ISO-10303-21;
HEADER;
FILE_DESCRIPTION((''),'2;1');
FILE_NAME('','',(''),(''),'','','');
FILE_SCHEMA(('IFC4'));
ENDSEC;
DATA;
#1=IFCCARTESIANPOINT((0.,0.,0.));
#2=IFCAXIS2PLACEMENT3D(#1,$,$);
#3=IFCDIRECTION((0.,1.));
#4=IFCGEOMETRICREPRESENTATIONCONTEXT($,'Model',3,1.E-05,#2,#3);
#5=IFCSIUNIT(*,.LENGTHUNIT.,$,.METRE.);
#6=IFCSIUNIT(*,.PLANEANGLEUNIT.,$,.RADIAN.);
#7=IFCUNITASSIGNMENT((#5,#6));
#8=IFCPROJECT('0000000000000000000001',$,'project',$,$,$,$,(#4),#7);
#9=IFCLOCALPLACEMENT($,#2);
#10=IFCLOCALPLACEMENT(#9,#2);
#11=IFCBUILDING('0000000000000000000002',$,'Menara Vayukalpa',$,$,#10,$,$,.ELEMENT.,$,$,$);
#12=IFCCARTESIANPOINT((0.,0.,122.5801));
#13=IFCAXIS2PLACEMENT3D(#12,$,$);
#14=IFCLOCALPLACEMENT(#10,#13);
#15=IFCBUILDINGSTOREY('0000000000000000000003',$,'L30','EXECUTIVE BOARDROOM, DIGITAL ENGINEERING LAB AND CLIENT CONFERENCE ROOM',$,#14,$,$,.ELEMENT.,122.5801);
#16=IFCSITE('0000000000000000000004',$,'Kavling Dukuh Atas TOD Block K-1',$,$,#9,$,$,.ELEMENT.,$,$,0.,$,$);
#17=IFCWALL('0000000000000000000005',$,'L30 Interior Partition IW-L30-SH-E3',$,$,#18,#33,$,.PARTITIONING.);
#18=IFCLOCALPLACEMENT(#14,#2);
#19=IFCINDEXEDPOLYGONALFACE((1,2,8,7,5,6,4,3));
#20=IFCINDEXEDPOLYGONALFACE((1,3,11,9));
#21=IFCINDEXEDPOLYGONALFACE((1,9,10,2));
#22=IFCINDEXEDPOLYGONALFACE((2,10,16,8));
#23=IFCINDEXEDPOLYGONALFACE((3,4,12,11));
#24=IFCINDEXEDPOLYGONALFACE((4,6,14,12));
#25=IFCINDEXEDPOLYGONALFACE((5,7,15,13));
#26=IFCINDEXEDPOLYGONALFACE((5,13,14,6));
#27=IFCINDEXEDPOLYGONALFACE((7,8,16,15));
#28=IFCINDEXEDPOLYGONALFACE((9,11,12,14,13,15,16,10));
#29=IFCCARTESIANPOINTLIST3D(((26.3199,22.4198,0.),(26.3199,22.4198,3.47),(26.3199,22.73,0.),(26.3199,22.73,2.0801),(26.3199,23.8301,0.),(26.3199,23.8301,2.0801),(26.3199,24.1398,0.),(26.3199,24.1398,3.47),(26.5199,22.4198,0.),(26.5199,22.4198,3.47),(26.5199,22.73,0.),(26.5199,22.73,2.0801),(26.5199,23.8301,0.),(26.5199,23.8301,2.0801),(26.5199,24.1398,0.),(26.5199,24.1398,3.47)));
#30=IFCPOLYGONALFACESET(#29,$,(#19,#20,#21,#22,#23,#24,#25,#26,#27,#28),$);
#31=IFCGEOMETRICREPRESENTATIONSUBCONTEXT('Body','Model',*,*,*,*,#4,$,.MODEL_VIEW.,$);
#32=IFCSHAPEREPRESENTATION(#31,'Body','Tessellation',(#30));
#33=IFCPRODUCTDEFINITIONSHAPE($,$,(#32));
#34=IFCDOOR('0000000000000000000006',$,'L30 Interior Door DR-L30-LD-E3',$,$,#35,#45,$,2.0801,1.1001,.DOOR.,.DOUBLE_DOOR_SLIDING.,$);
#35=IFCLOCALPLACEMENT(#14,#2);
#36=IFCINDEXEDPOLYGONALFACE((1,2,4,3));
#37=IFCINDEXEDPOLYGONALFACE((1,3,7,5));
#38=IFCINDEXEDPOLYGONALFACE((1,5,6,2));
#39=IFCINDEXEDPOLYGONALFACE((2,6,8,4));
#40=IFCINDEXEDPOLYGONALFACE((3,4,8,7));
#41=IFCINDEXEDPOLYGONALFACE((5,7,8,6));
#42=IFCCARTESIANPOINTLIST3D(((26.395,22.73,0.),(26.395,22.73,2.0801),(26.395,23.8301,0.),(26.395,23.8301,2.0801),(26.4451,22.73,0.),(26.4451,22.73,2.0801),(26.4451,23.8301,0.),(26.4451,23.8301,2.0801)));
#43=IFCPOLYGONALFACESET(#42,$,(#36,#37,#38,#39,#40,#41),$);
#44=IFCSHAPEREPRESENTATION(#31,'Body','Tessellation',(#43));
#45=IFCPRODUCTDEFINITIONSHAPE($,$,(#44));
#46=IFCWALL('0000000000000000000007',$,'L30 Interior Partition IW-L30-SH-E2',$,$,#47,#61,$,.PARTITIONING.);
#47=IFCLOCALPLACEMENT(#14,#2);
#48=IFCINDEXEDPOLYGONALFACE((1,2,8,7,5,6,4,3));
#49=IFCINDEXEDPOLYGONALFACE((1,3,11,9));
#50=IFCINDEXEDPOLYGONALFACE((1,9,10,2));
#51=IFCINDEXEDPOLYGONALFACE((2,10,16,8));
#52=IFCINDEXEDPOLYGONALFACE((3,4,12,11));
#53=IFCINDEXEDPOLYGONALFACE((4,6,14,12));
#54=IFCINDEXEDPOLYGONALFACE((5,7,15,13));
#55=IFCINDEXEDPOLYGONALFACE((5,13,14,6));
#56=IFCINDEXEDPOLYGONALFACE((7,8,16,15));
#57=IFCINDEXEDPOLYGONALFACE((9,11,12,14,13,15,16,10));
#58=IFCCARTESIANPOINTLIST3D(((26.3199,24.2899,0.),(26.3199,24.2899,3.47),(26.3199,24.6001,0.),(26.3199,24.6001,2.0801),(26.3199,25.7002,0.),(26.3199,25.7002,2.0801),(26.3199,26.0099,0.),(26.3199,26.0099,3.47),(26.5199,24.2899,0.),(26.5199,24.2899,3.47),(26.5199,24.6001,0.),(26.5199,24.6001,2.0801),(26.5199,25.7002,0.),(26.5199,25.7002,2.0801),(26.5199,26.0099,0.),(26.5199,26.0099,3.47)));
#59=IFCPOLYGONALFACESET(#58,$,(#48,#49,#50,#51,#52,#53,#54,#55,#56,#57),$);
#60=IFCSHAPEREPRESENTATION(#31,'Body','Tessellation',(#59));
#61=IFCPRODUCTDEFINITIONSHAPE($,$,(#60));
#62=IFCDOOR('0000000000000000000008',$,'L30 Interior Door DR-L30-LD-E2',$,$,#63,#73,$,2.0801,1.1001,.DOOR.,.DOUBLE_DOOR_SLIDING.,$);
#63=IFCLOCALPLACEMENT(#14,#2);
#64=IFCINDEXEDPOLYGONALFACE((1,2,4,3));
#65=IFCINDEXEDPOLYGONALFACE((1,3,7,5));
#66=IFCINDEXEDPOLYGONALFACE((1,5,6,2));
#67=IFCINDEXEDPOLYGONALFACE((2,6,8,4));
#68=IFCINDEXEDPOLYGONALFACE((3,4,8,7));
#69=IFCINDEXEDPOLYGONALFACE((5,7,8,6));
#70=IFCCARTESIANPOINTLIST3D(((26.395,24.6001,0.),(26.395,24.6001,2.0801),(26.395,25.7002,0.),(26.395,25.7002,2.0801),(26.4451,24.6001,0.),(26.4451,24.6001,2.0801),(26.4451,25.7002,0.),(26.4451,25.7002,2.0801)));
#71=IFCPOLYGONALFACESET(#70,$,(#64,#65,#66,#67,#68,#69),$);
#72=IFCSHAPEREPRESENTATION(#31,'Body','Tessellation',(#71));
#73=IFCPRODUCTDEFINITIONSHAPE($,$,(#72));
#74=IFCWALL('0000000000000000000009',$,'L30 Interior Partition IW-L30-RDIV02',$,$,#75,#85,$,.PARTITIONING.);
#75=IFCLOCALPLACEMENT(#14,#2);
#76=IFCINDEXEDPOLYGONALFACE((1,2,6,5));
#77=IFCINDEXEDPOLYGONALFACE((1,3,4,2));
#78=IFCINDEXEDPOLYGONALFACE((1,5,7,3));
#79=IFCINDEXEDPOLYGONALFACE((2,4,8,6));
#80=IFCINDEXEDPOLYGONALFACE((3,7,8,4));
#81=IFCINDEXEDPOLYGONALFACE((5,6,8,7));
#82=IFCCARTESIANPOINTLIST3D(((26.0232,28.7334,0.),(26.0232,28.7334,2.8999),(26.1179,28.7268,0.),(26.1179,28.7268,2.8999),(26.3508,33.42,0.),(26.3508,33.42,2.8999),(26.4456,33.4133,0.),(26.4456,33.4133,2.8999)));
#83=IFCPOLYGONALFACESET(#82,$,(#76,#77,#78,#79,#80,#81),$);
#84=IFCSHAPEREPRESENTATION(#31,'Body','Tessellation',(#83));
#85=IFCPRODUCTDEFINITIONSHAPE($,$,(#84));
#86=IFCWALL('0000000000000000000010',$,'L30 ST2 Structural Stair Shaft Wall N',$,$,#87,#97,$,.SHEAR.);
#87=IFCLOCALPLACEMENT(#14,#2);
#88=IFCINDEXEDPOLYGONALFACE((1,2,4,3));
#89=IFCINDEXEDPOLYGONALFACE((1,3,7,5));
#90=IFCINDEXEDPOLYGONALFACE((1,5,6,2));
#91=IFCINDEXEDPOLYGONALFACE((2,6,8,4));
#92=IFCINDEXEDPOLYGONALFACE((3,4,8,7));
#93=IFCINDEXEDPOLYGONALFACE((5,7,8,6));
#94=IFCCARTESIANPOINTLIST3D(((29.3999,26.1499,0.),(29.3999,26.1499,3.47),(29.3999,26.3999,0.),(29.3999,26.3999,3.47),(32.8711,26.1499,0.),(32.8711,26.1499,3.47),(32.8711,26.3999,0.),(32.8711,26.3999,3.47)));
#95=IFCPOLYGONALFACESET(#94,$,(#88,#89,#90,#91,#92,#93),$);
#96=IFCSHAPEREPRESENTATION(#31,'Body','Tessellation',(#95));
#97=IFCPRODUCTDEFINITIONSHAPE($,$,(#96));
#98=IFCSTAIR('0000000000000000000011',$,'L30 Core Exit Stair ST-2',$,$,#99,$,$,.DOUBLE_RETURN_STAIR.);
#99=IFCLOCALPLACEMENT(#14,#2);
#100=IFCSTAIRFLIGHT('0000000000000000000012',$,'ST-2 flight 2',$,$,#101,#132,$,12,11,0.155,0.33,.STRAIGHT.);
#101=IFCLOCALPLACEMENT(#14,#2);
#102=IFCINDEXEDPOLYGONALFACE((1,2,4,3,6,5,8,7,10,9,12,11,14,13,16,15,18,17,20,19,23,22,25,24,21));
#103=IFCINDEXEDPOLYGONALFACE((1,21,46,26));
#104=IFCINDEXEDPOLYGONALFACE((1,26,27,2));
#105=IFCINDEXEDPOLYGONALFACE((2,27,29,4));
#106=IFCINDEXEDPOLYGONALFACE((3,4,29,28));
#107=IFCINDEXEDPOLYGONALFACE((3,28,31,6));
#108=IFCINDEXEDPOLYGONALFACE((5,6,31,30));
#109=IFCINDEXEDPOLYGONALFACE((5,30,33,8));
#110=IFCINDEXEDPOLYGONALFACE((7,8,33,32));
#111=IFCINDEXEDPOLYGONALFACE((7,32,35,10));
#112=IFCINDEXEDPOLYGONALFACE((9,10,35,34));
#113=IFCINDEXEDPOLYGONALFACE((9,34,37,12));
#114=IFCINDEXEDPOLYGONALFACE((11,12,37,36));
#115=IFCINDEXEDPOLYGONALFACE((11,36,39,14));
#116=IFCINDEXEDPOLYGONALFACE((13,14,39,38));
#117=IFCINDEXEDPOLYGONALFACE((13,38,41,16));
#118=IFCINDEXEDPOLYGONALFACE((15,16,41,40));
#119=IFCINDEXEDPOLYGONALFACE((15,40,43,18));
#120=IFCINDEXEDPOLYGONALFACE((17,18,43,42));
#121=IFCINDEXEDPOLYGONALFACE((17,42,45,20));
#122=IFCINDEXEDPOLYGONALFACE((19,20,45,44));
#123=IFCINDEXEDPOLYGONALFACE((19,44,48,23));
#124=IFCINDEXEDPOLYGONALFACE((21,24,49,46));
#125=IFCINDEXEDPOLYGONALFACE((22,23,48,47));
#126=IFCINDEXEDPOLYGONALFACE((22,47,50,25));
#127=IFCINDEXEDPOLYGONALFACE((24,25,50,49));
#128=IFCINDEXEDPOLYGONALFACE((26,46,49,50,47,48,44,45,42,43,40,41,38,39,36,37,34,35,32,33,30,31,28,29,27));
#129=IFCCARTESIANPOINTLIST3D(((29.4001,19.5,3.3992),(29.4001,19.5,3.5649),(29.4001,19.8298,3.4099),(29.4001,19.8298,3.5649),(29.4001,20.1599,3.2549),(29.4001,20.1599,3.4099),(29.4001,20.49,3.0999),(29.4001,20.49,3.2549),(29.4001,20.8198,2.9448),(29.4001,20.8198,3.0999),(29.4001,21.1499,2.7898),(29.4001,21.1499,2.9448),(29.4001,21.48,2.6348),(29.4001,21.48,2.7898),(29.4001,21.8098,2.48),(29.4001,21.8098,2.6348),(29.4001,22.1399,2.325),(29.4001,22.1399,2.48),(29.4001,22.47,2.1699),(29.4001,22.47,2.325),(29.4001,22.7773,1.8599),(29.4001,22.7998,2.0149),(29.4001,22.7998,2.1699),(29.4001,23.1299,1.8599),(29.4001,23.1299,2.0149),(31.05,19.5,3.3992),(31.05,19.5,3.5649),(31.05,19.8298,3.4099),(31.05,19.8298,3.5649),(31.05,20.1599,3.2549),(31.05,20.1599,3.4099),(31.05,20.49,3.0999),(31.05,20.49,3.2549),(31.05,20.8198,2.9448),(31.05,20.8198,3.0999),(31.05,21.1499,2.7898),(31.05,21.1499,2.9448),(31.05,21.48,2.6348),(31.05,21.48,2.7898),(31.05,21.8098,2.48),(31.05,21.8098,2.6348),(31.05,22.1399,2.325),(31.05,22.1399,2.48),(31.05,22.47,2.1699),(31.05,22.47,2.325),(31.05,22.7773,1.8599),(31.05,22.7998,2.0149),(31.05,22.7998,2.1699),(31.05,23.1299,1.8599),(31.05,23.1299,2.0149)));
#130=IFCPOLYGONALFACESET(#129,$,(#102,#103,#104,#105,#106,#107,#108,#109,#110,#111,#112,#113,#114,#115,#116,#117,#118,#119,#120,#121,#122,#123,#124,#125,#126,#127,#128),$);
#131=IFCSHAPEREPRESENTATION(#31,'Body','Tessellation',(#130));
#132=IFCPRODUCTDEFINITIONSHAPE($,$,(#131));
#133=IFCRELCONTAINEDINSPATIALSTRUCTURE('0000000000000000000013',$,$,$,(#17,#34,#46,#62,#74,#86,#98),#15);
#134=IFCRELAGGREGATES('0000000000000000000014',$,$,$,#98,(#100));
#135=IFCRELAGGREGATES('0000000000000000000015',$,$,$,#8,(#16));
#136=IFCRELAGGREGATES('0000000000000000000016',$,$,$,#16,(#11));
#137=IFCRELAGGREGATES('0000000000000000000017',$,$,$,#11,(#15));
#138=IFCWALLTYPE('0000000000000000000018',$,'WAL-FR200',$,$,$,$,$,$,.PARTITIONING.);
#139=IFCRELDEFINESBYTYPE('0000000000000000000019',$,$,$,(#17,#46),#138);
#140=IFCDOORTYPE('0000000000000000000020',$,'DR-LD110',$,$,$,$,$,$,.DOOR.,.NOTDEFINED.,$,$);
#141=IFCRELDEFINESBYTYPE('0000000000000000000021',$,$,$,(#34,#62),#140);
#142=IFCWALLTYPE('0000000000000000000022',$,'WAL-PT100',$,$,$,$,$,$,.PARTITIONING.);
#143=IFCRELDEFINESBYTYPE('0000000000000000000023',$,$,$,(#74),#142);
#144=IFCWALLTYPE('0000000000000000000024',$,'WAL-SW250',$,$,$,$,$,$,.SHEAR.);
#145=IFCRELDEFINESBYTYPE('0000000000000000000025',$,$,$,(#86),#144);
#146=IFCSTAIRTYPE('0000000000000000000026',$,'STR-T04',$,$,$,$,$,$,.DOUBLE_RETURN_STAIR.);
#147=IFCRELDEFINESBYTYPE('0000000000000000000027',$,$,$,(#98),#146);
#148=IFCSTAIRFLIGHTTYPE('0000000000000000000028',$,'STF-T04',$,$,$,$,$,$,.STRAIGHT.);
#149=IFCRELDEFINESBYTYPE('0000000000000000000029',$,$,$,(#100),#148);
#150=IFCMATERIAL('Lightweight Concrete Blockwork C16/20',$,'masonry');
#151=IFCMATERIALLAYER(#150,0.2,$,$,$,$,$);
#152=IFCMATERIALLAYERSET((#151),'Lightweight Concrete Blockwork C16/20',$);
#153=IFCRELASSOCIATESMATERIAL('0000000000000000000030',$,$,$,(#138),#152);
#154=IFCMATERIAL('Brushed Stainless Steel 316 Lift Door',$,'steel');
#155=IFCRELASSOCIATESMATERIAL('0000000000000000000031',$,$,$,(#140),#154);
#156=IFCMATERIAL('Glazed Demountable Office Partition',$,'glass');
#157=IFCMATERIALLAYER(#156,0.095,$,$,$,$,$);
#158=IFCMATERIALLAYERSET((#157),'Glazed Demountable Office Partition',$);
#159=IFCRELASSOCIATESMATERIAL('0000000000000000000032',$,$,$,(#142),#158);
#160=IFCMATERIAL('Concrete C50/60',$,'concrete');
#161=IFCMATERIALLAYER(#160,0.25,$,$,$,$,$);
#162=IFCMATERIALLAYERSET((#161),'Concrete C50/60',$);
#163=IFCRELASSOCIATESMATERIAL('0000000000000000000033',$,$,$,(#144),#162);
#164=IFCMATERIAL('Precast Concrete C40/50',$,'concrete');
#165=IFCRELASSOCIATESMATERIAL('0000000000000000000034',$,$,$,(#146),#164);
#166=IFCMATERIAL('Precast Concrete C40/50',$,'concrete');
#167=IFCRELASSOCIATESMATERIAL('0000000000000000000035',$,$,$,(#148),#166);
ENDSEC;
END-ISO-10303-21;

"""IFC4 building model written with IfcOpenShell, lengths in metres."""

from ifc_helpers import new_model, si_unit, direction, frame, frame_2d, origin, place, context, subcontext, project, spatial, polyline, rectangle, outline, extrude, material, layer, layer_set, type_object, element, fill, aggregate, save


model = new_model("IFC4")

# Units and contexts
model_context = context("Model", 3, precision=1e-05, world=origin(), true_north=direction((0.0, 1.0)))
body_context = subcontext(model_context, "Body", "Model", "MODEL_VIEW")
ifc_project = project(units=[si_unit("LENGTHUNIT", "METRE"), si_unit("PLANEANGLEUNIT", "RADIAN")], contexts=[model_context])

# Site, building, storey
site_placement = place(None, origin())
site = spatial("IfcSite", under=ifc_project, at=site_placement, Name="Kavling Dukuh Atas TOD Block K-1", CompositionType="ELEMENT", RefElevation=0.0)
building_placement = place(site_placement, origin())
building = spatial("IfcBuilding", under=site, at=building_placement, Name="Menara Vayukalpa", CompositionType="ELEMENT")
storey_placement = place(building_placement, frame((0.0, 0.0, 122.5801)))
storey = spatial("IfcBuildingStorey", under=building, at=storey_placement, Name="L30", Description="EXECUTIVE BOARDROOM, DIGITAL ENGINEERING LAB AND CLIENT CONFERENCE ROOM", CompositionType="ELEMENT", Elevation=122.5801)

# Walls, openings, doors
ifc_material_1 = material(Name="Lightweight Concrete Blockwork C16/20", Category="masonry")
ifc_layer_1 = layer(ifc_material_1, 0.2)
ifc_layer_set_1 = layer_set([ifc_layer_1], Name="Lightweight Concrete Blockwork C16/20")
wall_type_1 = type_object("IfcWallType", Name="WAL-FR200", PredefinedType="PARTITIONING", material=ifc_layer_set_1)
wall_1_placement = place(storey_placement, frame((26.4199, 22.4199, 0.0), z_axis=(0.0, 0.0, 1.0), x_axis=(0.0, 1.0, 0.0)))
wall_1 = element("IfcWall", 1, at=wall_1_placement, inside=storey, type_object=wall_type_1, Name="L30 Interior Partition IW-L30-SH-E3", PredefinedType="PARTITIONING", context=body_context, shape_type="SweptSolid", body=[
    extrude(rectangle(XDim=1.72, YDim=0.2, at=frame_2d((0.8599, 0.0))), origin(), (0.0, 0.0, 1.0), 3.47),
])
opening_1_placement = place(wall_1_placement, frame((0.3101, 0.0, 0.0)))
opening_1 = element("IfcOpeningElement", 2, at=opening_1_placement, cuts=wall_1, PredefinedType="OPENING", context=body_context, shape_type="SweptSolid", body=[
    extrude(rectangle(XDim=1.1001, YDim=2.0801, at=frame_2d((0.55, 1.04))), frame((0.0, 0.1099, 0.0), z_axis=(0.0, -1.0, 0.0), x_axis=(1.0, 0.0, 0.0)), (0.0, 0.0, 1.0), 0.22),
])
ifc_material_2 = material(Name="Brushed Stainless Steel 316 Lift Door", Category="steel")
door_type_1 = type_object("IfcDoorType", Name="DR-LD110", OperationType="NOTDEFINED", PredefinedType="DOOR", material=ifc_material_2)
door_1_placement = place(opening_1_placement, origin())
door_1 = element("IfcDoor", 3, at=door_1_placement, inside=storey, type_object=door_type_1, Name="L30 Interior Door DR-L30-LD-E3", OperationType="DOUBLE_DOOR_SLIDING", OverallHeight=2.0801, OverallWidth=1.1001, PredefinedType="DOOR", context=body_context, shape_type="SweptSolid", body=[
    extrude(rectangle(XDim=1.1001, YDim=2.0801, at=frame_2d((0.55, 1.04))), frame((0.0, 0.0249, 0.0), z_axis=(0.0, -1.0, 0.0), x_axis=(1.0, 0.0, 0.0)), (0.0, 0.0, 1.0), 0.05),
])
fill(opening_1, door_1)
wall_2_placement = place(storey_placement, frame((26.4199, 24.29, 0.0), z_axis=(0.0, 0.0, 1.0), x_axis=(0.0, 1.0, 0.0)))
wall_2 = element("IfcWall", 4, at=wall_2_placement, inside=storey, type_object=wall_type_1, Name="L30 Interior Partition IW-L30-SH-E2", PredefinedType="PARTITIONING", context=body_context, shape_type="SweptSolid", body=[
    extrude(rectangle(XDim=1.72, YDim=0.2, at=frame_2d((0.8599, 0.0))), origin(), (0.0, 0.0, 1.0), 3.47),
])
opening_2_placement = place(wall_2_placement, frame((0.3101, 0.0, 0.0)))
opening_2 = element("IfcOpeningElement", 5, at=opening_2_placement, cuts=wall_2, PredefinedType="OPENING", context=body_context, shape_type="SweptSolid", body=[
    extrude(rectangle(XDim=1.1001, YDim=2.0801, at=frame_2d((0.55, 1.04))), frame((0.0, 0.1099, 0.0), z_axis=(0.0, -1.0, 0.0), x_axis=(1.0, 0.0, 0.0)), (0.0, 0.0, 1.0), 0.22),
])
door_2_placement = place(opening_2_placement, origin())
door_2 = element("IfcDoor", 6, at=door_2_placement, inside=storey, type_object=door_type_1, Name="L30 Interior Door DR-L30-LD-E2", OperationType="DOUBLE_DOOR_SLIDING", OverallHeight=2.0801, OverallWidth=1.1001, PredefinedType="DOOR", context=body_context, shape_type="SweptSolid", body=[
    extrude(rectangle(XDim=1.1001, YDim=2.0801, at=frame_2d((0.55, 1.04))), frame((0.0, 0.0249, 0.0), z_axis=(0.0, -1.0, 0.0), x_axis=(1.0, 0.0, 0.0)), (0.0, 0.0, 1.0), 0.05),
])
fill(opening_2, door_2)

# Walls
ifc_material_3 = material(Name="Glazed Demountable Office Partition", Category="glass")
ifc_layer_2 = layer(ifc_material_3, 0.095)
ifc_layer_set_2 = layer_set([ifc_layer_2], Name="Glazed Demountable Office Partition")
wall_type_2 = type_object("IfcWallType", Name="WAL-PT100", PredefinedType="PARTITIONING", material=ifc_layer_set_2)
wall_3_placement = place(storey_placement, frame((26.0706, 28.73, 0.0), z_axis=(0.0, 0.0, 1.0), x_axis=(0.06974, 0.997565, 0.0)))
element("IfcWall", 7, at=wall_3_placement, inside=storey, type_object=wall_type_2, Name="L30 Interior Partition IW-L30-RDIV02", PredefinedType="PARTITIONING", context=body_context, shape_type="SweptSolid", body=[
    extrude(rectangle(XDim=4.698, YDim=0.095, at=frame_2d((2.3491, 0.0))), origin(), (0.0, 0.0, 1.0), 2.8999),
])
ifc_material_4 = material(Name="Concrete C50/60", Category="concrete")
ifc_layer_3 = layer(ifc_material_4, 0.25)
ifc_layer_set_3 = layer_set([ifc_layer_3], Name="Concrete C50/60")
wall_type_3 = type_object("IfcWallType", Name="WAL-SW250", PredefinedType="SHEAR", material=ifc_layer_set_3)
wall_4_placement = place(storey_placement, frame((29.3999, 26.2749, 0.0), z_axis=(0.0, 0.0, 1.0), x_axis=(1.0, 0.0, 0.0)))
element("IfcWall", 8, at=wall_4_placement, inside=storey, type_object=wall_type_3, Name="L30 ST2 Structural Stair Shaft Wall N", PredefinedType="SHEAR", context=body_context, shape_type="SweptSolid", body=[
    extrude(rectangle(XDim=3.4712, YDim=0.25, at=frame_2d((1.7356, 0.0))), origin(), (0.0, 0.0, 1.0), 3.47),
])

# Stair, stair flight
ifc_material_5 = material(Name="Precast Concrete C40/50", Category="concrete")
stair_type = type_object("IfcStairType", Name="STR-T04", PredefinedType="DOUBLE_RETURN_STAIR", material=ifc_material_5)
stair_placement = place(storey_placement, origin())
stair = element("IfcStair", 9, at=stair_placement, inside=storey, type_object=stair_type, Name="L30 Core Exit Stair ST-2", PredefinedType="DOUBLE_RETURN_STAIR")
ifc_material_6 = material(Name="Precast Concrete C40/50", Category="concrete")
stair_flight_type = type_object("IfcStairFlightType", Name="STF-T04", PredefinedType="STRAIGHT", material=ifc_material_6)
stair_flight_placement = place(storey_placement, frame((30.2251, 23.1299, 1.8599), z_axis=(0.0, 0.0, 1.0), x_axis=(0.0, -1.0, 0.0)))
stair_flight = element("IfcStairFlight", 10, at=stair_flight_placement, type_object=stair_flight_type, Name="ST-2 flight 2", NumberOfRisers=12, NumberOfTreads=11, PredefinedType="STRAIGHT", RiserHeight=0.155, TreadLength=0.33, context=body_context, shape_type="SweptSolid", body=[
    extrude(outline(polyline([(0.0, 0.0), (0.0, 0.155), (0.3301, 0.155), (0.3301, 0.3101), (0.6599, 0.3101), (0.6599, 0.4651), (0.99, 0.4651), (0.99, 0.6201), (1.3201, 0.6201), (1.3201, 0.7749), (1.6499, 0.7749), (1.6499, 0.9299), (1.98, 0.9299), (1.98, 1.085), (2.3101, 1.085), (2.3101, 1.24), (2.6399, 1.24), (2.6399, 1.395), (2.97, 1.395), (2.97, 1.55), (3.3, 1.55), (3.3, 1.7051), (3.6299, 1.7051), (3.6299, 1.8601), (3.6299, 1.5393), (0.3525, 0.0), (0.0, 0.0)])), frame((0.0, 0.825, 0.0), z_axis=(0.0, -1.0, 0.0), x_axis=(1.0, 0.0, 0.0)), (0.0, 0.0, 1.0), 1.6499),
])
aggregate(stair, [stair_flight])

save(model, "model.ifc")
